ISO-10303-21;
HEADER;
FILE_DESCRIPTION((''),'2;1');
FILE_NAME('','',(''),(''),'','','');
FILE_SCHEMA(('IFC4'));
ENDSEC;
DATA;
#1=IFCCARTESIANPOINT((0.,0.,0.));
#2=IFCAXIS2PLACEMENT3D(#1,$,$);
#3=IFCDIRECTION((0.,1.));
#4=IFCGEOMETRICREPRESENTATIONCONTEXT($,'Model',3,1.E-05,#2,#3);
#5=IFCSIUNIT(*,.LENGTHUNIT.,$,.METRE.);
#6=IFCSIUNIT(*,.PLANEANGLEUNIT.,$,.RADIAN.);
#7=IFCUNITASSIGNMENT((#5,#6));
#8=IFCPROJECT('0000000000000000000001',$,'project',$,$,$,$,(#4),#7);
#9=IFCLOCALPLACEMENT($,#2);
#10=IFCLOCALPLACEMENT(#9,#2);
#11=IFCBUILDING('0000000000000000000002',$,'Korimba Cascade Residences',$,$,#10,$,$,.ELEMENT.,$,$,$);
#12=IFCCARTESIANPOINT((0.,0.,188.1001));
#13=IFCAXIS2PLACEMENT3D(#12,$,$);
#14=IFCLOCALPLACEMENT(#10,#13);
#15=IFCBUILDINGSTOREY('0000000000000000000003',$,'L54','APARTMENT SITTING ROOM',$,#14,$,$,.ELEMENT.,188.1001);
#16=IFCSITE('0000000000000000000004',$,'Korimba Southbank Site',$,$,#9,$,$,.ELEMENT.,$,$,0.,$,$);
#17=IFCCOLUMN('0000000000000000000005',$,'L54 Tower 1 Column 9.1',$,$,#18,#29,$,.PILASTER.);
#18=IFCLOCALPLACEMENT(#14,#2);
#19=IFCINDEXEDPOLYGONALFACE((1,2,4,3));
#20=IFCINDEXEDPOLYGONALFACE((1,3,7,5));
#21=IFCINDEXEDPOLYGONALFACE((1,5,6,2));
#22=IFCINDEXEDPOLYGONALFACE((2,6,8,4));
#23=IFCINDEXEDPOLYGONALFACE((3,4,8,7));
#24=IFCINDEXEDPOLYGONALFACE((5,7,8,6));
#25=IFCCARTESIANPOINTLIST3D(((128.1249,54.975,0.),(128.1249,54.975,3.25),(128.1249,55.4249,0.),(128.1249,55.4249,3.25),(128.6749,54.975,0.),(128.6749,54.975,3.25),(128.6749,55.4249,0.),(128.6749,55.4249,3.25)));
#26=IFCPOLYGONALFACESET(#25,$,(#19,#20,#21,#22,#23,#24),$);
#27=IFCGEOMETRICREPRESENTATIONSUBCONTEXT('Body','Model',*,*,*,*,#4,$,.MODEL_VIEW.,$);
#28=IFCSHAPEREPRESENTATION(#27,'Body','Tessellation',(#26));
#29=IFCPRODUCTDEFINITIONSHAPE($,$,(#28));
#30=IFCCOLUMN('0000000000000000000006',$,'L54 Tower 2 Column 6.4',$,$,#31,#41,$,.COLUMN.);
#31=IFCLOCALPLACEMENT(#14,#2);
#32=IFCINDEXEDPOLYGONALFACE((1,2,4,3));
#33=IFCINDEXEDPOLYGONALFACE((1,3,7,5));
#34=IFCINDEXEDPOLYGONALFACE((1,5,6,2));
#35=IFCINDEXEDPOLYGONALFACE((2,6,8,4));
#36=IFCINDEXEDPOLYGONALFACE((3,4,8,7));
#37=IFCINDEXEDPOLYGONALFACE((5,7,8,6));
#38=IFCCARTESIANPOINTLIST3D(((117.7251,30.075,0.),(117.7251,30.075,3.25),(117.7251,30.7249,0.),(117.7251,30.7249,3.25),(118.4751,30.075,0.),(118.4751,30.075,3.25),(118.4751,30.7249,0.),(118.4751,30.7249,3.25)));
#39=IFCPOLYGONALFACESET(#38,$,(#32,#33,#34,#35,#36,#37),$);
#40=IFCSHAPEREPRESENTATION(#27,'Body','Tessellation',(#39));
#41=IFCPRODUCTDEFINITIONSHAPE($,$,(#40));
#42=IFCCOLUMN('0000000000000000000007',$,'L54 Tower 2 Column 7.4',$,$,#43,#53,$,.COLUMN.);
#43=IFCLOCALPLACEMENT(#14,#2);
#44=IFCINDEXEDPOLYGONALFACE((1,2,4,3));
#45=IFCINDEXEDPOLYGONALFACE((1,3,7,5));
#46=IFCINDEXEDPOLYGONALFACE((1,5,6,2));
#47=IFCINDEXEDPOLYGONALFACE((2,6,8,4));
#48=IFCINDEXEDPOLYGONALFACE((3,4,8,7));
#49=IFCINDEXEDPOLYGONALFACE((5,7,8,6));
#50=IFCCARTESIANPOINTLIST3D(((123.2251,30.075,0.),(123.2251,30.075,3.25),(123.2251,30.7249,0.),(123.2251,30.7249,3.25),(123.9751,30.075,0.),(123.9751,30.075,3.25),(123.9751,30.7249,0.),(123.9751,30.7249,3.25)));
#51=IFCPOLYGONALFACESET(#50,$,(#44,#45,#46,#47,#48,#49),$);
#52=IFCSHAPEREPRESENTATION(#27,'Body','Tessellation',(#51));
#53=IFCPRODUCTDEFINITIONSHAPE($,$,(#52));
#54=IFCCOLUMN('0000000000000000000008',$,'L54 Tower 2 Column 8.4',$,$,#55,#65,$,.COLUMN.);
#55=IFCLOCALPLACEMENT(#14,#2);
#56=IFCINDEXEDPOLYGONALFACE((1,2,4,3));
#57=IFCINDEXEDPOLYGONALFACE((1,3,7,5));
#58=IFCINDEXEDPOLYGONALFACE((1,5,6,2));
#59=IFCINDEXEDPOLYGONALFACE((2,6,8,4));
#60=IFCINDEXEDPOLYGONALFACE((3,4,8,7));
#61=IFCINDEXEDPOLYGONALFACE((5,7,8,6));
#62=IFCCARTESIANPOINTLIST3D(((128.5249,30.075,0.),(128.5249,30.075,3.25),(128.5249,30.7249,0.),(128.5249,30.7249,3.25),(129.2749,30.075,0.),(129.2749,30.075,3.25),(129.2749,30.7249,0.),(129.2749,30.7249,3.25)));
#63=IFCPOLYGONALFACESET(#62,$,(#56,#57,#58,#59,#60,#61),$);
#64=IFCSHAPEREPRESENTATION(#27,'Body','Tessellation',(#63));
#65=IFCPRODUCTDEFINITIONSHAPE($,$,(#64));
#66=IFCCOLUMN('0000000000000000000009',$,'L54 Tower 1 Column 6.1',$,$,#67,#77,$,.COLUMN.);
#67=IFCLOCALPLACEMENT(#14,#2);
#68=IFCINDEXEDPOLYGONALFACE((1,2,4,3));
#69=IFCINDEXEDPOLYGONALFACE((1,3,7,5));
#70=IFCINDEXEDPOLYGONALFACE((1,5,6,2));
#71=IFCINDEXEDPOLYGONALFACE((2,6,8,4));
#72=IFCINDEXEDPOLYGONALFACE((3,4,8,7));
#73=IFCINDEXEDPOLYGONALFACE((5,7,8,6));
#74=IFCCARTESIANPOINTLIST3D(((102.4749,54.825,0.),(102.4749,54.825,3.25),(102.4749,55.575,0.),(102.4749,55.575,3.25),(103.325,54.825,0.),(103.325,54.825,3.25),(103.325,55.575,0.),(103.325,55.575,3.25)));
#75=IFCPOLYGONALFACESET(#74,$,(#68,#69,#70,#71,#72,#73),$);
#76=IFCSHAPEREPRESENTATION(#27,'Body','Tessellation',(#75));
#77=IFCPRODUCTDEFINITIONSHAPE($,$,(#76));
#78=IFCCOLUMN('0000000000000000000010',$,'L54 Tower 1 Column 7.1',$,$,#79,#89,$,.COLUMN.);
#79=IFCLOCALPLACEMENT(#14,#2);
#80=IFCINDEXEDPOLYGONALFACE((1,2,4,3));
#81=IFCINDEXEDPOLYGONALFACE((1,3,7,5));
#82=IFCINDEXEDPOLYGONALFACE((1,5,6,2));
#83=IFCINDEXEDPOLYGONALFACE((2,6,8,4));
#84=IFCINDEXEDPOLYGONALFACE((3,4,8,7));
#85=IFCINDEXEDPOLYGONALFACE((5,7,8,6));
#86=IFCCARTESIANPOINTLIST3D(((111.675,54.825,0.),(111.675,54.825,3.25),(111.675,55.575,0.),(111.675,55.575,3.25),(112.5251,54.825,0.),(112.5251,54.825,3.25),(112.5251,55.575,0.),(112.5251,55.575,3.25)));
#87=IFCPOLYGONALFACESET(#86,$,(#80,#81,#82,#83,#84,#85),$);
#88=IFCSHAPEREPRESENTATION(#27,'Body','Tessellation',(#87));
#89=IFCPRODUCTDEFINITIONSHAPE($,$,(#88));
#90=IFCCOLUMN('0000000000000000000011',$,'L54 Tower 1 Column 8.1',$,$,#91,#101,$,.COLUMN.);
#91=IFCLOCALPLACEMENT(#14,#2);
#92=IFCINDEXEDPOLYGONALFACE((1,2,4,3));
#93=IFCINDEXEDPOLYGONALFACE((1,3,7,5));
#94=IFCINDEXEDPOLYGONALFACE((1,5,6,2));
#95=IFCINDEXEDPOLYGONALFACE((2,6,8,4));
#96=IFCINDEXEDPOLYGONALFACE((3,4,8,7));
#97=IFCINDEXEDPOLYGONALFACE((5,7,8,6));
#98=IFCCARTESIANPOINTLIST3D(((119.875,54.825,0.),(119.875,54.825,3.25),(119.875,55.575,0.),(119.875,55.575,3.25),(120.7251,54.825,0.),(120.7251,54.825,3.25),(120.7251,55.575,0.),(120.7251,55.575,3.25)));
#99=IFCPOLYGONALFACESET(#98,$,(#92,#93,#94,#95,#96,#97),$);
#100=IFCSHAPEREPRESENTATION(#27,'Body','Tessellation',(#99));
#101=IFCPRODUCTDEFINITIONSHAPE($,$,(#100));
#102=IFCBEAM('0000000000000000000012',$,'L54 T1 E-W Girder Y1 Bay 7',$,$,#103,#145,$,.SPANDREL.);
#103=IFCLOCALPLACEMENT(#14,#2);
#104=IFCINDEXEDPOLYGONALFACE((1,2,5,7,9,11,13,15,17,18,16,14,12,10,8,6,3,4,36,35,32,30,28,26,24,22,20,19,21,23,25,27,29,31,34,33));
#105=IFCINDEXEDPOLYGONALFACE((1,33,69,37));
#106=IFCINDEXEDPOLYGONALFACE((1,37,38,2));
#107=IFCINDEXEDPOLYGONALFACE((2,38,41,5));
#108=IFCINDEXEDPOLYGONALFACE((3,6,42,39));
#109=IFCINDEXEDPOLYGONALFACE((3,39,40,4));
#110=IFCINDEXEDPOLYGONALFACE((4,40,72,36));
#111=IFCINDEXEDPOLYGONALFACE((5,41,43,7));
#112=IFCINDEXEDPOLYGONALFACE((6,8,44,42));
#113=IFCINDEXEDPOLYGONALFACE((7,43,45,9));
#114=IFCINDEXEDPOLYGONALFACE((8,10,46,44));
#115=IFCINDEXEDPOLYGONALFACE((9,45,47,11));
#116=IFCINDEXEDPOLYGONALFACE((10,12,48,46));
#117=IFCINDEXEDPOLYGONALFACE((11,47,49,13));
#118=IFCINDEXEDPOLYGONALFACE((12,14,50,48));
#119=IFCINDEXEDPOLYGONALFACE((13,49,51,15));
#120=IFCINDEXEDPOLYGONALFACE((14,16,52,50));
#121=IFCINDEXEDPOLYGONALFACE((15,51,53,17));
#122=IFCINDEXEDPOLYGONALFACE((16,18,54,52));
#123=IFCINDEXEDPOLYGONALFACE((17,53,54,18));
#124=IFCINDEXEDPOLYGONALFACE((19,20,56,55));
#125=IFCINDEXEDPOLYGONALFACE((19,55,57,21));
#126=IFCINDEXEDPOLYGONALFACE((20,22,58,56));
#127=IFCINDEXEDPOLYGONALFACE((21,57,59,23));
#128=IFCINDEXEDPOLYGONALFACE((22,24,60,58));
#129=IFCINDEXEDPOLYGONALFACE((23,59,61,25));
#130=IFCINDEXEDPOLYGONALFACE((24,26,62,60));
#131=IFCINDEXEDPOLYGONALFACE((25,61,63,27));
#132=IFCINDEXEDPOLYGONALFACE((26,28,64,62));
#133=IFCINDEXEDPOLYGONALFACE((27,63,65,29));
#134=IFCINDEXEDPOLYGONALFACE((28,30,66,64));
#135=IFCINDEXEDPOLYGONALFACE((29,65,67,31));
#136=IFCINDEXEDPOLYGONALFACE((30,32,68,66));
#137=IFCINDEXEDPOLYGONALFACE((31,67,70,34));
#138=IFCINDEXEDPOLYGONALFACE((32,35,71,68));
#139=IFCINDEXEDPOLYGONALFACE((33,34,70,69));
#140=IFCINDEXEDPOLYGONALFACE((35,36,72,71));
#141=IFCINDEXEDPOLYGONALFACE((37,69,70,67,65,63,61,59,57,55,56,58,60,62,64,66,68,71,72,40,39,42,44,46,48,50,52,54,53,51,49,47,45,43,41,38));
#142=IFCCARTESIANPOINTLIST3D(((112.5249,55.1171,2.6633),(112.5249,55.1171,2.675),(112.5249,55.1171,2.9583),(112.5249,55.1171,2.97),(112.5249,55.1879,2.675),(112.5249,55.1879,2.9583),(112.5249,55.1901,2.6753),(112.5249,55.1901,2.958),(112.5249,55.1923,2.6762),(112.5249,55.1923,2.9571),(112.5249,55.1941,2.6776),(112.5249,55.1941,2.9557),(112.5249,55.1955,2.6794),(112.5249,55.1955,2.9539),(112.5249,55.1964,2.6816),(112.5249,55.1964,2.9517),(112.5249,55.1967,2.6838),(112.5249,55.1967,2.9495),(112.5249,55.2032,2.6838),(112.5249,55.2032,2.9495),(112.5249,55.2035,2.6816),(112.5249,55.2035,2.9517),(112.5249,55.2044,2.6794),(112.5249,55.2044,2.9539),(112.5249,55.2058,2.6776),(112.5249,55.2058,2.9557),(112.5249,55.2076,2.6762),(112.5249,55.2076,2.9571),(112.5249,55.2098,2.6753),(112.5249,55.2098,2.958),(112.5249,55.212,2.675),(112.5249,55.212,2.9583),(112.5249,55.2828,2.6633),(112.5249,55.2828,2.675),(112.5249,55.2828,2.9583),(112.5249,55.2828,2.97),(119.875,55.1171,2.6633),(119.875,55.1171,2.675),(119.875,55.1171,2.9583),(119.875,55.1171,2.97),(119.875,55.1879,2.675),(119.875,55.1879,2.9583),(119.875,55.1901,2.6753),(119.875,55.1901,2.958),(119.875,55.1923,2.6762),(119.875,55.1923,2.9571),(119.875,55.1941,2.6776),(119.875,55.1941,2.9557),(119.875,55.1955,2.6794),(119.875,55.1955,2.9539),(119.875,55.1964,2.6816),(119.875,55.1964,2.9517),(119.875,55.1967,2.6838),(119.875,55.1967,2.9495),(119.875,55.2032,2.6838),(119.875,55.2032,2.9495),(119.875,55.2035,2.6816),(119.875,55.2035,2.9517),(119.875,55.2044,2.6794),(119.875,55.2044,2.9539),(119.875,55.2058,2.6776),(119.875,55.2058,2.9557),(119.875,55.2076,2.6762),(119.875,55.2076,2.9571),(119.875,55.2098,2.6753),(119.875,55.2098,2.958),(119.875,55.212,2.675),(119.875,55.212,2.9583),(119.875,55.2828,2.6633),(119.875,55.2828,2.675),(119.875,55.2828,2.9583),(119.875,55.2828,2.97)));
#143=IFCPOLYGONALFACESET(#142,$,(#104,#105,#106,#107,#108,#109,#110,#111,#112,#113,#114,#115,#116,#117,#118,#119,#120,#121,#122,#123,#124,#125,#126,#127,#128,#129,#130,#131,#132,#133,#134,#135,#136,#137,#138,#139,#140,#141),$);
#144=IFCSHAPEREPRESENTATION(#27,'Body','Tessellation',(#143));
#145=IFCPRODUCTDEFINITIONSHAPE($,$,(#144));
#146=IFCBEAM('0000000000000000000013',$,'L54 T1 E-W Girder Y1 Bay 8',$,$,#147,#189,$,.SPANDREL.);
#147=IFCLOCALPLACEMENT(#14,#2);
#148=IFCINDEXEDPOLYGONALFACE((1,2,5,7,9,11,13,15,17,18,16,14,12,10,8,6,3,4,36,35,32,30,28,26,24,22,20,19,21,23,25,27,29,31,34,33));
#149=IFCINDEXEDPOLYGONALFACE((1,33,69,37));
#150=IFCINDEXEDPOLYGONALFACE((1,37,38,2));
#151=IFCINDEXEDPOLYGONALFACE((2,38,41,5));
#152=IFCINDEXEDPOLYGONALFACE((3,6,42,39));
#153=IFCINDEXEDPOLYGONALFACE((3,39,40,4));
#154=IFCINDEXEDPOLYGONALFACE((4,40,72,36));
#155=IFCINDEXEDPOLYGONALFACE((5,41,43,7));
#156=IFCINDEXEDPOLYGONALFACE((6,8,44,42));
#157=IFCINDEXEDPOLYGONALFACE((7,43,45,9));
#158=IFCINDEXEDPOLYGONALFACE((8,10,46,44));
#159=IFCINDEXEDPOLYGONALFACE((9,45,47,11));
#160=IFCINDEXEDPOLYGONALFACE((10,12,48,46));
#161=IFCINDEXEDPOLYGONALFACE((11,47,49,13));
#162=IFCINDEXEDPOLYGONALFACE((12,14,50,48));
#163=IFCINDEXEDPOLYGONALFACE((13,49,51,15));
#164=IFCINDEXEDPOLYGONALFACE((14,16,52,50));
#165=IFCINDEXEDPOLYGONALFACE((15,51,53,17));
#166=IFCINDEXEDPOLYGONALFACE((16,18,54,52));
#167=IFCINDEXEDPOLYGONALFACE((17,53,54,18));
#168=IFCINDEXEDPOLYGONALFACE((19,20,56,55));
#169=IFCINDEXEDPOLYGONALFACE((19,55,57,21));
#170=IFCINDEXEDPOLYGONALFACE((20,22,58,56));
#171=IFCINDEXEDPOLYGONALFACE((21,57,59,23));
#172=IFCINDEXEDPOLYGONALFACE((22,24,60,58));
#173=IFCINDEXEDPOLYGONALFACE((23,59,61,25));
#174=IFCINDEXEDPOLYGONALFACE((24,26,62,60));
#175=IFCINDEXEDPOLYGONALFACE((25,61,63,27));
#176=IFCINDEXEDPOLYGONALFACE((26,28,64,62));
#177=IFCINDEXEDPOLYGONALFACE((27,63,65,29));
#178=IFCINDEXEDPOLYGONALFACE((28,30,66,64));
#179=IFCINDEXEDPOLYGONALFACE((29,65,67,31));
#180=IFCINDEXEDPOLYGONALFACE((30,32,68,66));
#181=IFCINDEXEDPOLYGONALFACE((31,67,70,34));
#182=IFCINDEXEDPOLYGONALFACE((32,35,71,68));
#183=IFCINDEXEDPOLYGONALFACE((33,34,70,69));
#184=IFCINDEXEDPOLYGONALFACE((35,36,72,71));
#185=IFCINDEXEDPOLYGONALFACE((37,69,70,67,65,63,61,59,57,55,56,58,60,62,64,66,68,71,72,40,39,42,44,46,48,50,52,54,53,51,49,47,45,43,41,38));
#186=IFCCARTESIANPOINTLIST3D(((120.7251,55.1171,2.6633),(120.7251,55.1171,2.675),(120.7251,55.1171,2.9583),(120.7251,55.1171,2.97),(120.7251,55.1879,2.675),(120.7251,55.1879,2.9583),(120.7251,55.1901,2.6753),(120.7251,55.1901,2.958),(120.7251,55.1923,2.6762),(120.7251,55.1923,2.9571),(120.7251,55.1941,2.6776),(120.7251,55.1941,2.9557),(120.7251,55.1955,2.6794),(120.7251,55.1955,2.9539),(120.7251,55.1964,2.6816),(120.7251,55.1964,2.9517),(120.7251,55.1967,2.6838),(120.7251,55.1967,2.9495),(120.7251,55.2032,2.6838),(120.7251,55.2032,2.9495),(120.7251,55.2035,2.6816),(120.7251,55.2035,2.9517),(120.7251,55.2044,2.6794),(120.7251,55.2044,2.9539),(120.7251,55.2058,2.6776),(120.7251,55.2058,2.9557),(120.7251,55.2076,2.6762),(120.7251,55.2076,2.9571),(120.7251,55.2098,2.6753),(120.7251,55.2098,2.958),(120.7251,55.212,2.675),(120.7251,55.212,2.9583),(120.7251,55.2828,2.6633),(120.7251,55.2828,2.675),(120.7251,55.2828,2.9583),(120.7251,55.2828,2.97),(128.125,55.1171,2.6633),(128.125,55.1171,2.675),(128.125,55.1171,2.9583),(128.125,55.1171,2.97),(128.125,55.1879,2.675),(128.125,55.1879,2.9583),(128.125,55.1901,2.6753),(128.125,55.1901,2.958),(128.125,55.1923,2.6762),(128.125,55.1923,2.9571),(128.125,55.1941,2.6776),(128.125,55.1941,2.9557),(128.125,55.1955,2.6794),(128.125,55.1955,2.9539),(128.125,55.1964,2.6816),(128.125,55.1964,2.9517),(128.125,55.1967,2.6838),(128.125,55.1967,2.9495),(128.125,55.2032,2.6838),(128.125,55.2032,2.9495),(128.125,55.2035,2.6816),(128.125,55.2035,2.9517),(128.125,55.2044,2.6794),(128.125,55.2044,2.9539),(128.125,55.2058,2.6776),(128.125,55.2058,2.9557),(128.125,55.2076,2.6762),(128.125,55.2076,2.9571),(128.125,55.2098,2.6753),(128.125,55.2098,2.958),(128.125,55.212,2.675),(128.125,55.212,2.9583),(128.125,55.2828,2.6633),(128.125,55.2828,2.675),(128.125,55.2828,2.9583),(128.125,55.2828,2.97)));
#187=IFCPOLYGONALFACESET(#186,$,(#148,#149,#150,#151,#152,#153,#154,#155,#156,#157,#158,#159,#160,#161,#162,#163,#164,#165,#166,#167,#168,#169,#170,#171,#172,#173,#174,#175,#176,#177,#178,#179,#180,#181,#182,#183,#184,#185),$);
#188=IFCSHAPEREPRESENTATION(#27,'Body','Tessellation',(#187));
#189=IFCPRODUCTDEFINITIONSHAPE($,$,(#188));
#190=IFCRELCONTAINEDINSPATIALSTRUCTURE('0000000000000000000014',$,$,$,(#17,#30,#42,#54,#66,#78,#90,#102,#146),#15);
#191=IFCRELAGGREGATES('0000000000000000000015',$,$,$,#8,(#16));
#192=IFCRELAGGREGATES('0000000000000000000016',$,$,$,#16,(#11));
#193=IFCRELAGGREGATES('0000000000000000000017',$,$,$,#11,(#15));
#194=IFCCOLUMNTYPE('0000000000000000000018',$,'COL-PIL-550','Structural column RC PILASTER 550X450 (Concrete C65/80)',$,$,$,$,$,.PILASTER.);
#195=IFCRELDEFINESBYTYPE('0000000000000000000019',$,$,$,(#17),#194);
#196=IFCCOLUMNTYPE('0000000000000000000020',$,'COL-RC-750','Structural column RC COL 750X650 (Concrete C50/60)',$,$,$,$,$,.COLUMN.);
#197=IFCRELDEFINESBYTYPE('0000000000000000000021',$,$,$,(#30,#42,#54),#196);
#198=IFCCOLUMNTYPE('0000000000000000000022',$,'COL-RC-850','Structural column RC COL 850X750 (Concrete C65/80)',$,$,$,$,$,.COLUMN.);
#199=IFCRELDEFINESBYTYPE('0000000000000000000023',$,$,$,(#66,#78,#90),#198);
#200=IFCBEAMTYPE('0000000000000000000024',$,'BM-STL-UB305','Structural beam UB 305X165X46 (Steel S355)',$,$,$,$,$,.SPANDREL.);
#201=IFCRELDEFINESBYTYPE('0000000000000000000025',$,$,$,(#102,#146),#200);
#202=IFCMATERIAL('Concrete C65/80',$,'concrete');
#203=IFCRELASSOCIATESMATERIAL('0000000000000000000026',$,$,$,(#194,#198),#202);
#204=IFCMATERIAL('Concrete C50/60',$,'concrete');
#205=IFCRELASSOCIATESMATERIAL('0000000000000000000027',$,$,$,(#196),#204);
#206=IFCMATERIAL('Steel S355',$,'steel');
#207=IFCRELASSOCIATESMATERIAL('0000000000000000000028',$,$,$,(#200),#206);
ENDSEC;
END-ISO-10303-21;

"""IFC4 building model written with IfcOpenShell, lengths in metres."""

from ifc_helpers import new_model, si_unit, direction, frame, origin, origin_2d, place, context, subcontext, project, spatial, rectangle, i_section, extrude, material, material_profile, profile_set, type_object, element, save


model = new_model("IFC4")

# Units and contexts
model_context = context("Model", 3, precision=1e-05, world=origin(), true_north=direction((0.0, 1.0)))
body_context = subcontext(model_context, "Body", "Model", "MODEL_VIEW")
ifc_project = project(units=[si_unit("LENGTHUNIT", "METRE"), si_unit("PLANEANGLEUNIT", "RADIAN")], contexts=[model_context])

# Site, building, storey
site_placement = place(None, origin())
site = spatial("IfcSite", under=ifc_project, at=site_placement, Name="Korimba Southbank Site", CompositionType="ELEMENT", RefElevation=0.0)
building_placement = place(site_placement, origin())
building = spatial("IfcBuilding", under=site, at=building_placement, Name="Korimba Cascade Residences", CompositionType="ELEMENT")
storey_placement = place(building_placement, frame((0.0, 0.0, 188.1001)))
storey = spatial("IfcBuildingStorey", under=building, at=storey_placement, Name="L54", Description="APARTMENT SITTING ROOM", CompositionType="ELEMENT", Elevation=188.1001)

# Columns
ifc_material_1 = material(Name="Concrete C65/80", Category="concrete")
ifc_material_profile_1 = material_profile(ifc_material_1, rectangle(XDim=0.55, YDim=0.45, at=origin_2d()), Name="Concrete C65/80")
ifc_profile_set_1 = profile_set([ifc_material_profile_1], Name="Concrete C65/80")
column_type_1 = type_object("IfcColumnType", Name="COL-PIL-550", Description="Structural column RC PILASTER 550X450 (Concrete C65/80)", PredefinedType="PILASTER", material=ifc_profile_set_1)
column_placement = place(storey_placement, frame((128.3999, 55.2, 0.0), z_axis=(0.0, 0.0, 1.0), x_axis=(1.0, 0.0, 0.0)))
element("IfcColumn", 1, at=column_placement, inside=storey, type_object=column_type_1, Name="L54 Tower 1 Column 9.1", PredefinedType="PILASTER", context=body_context, shape_type="SweptSolid", body=[
    extrude(rectangle(XDim=0.55, YDim=0.45, at=origin_2d()), origin(), (0.0, 0.0, 1.0), 3.25),
])
ifc_material_2 = material(Name="Concrete C50/60", Category="concrete")
ifc_material_profile_2 = material_profile(ifc_material_2, rectangle(XDim=0.75, YDim=0.6499, at=origin_2d()), Name="Concrete C50/60")
ifc_profile_set_2 = profile_set([ifc_material_profile_2], Name="Concrete C50/60")
column_type_2 = type_object("IfcColumnType", Name="COL-RC-750", Description="Structural column RC COL 750X650 (Concrete C50/60)", PredefinedType="COLUMN", material=ifc_profile_set_2)
for number, where, z_axis, x_axis, name in (
    (2, (118.1001, 30.3999, 0.0), (0.0, 0.0, 1.0), (1.0, 0.0, 0.0), "L54 Tower 2 Column 6.4"),
    (3, (123.6001, 30.3999, 0.0), (0.0, 0.0, 1.0), (1.0, 0.0, 0.0), "L54 Tower 2 Column 7.4"),
    (4, (128.8999, 30.3999, 0.0), (0.0, 0.0, 1.0), (1.0, 0.0, 0.0), "L54 Tower 2 Column 8.4"),
):
    element("IfcColumn", number, at=place(storey_placement, frame(where, z_axis=z_axis, x_axis=x_axis)), inside=storey, type_object=column_type_2, Name=name, PredefinedType="COLUMN", context=body_context, shape_type="SweptSolid", body=[
        extrude(rectangle(XDim=0.75, YDim=0.6499, at=origin_2d()), origin(), (0.0, 0.0, 1.0), 3.25),
    ])
ifc_material_profile_3 = material_profile(ifc_material_1, rectangle(XDim=0.8501, YDim=0.75, at=origin_2d()), Name="Concrete C65/80")
ifc_profile_set_3 = profile_set([ifc_material_profile_3], Name="Concrete C65/80")
column_type_3 = type_object("IfcColumnType", Name="COL-RC-850", Description="Structural column RC COL 850X750 (Concrete C65/80)", PredefinedType="COLUMN", material=ifc_profile_set_3)
for number, where, z_axis, x_axis, name in (
    (5, (102.8999, 55.2, 0.0), (0.0, 0.0, 1.0), (1.0, 0.0, 0.0), "L54 Tower 1 Column 6.1"),
    (6, (112.1001, 55.2, 0.0), (0.0, 0.0, 1.0), (1.0, 0.0, 0.0), "L54 Tower 1 Column 7.1"),
    (7, (120.3, 55.2, 0.0), (0.0, 0.0, 1.0), (1.0, 0.0, 0.0), "L54 Tower 1 Column 8.1"),
):
    element("IfcColumn", number, at=place(storey_placement, frame(where, z_axis=z_axis, x_axis=x_axis)), inside=storey, type_object=column_type_3, Name=name, PredefinedType="COLUMN", context=body_context, shape_type="SweptSolid", body=[
        extrude(rectangle(XDim=0.8501, YDim=0.75, at=origin_2d()), origin(), (0.0, 0.0, 1.0), 3.25),
    ])

# Beams
ifc_material_3 = material(Name="Steel S355", Category="steel")
ifc_material_profile_4 = material_profile(ifc_material_3, i_section(OverallWidth=0.1658, OverallDepth=0.3066, WebThickness=0.0066, FlangeThickness=0.0117, FilletRadius=0.0088, at=origin_2d()), Name="Steel S355")
ifc_profile_set_4 = profile_set([ifc_material_profile_4], Name="Steel S355")
beam_type_1 = type_object("IfcBeamType", Name="BM-STL-UB305", Description="Structural beam UB 305X165X46 (Steel S355)", PredefinedType="SPANDREL", material=ifc_profile_set_4)
beam_1_placement = place(storey_placement, frame((112.5249, 55.2, 2.8167), z_axis=(1.0, 0.0, 0.0), x_axis=(0.0, 1.0, 0.0)))
element("IfcBeam", 8, at=beam_1_placement, inside=storey, type_object=beam_type_1, Name="L54 T1 E-W Girder Y1 Bay 7", PredefinedType="SPANDREL", context=body_context, shape_type="SweptSolid", body=[
    extrude(i_section(OverallWidth=0.1658, OverallDepth=0.3066, WebThickness=0.0066, FlangeThickness=0.0117, FilletRadius=0.0088, at=origin_2d()), origin(), (0.0, 0.0, 1.0), 7.3501),
])
beam_2_placement = place(storey_placement, frame((120.7251, 55.2, 2.8167), z_axis=(1.0, 0.0, 0.0), x_axis=(0.0, 1.0, 0.0)))
element("IfcBeam", 9, at=beam_2_placement, inside=storey, type_object=beam_type_1, Name="L54 T1 E-W Girder Y1 Bay 8", PredefinedType="SPANDREL", context=body_context, shape_type="SweptSolid", body=[
    extrude(i_section(OverallWidth=0.1658, OverallDepth=0.3066, WebThickness=0.0066, FlangeThickness=0.0117, FilletRadius=0.0088, at=origin_2d()), origin(), (0.0, 0.0, 1.0), 7.3999),
])

save(model, "model.ifc")
